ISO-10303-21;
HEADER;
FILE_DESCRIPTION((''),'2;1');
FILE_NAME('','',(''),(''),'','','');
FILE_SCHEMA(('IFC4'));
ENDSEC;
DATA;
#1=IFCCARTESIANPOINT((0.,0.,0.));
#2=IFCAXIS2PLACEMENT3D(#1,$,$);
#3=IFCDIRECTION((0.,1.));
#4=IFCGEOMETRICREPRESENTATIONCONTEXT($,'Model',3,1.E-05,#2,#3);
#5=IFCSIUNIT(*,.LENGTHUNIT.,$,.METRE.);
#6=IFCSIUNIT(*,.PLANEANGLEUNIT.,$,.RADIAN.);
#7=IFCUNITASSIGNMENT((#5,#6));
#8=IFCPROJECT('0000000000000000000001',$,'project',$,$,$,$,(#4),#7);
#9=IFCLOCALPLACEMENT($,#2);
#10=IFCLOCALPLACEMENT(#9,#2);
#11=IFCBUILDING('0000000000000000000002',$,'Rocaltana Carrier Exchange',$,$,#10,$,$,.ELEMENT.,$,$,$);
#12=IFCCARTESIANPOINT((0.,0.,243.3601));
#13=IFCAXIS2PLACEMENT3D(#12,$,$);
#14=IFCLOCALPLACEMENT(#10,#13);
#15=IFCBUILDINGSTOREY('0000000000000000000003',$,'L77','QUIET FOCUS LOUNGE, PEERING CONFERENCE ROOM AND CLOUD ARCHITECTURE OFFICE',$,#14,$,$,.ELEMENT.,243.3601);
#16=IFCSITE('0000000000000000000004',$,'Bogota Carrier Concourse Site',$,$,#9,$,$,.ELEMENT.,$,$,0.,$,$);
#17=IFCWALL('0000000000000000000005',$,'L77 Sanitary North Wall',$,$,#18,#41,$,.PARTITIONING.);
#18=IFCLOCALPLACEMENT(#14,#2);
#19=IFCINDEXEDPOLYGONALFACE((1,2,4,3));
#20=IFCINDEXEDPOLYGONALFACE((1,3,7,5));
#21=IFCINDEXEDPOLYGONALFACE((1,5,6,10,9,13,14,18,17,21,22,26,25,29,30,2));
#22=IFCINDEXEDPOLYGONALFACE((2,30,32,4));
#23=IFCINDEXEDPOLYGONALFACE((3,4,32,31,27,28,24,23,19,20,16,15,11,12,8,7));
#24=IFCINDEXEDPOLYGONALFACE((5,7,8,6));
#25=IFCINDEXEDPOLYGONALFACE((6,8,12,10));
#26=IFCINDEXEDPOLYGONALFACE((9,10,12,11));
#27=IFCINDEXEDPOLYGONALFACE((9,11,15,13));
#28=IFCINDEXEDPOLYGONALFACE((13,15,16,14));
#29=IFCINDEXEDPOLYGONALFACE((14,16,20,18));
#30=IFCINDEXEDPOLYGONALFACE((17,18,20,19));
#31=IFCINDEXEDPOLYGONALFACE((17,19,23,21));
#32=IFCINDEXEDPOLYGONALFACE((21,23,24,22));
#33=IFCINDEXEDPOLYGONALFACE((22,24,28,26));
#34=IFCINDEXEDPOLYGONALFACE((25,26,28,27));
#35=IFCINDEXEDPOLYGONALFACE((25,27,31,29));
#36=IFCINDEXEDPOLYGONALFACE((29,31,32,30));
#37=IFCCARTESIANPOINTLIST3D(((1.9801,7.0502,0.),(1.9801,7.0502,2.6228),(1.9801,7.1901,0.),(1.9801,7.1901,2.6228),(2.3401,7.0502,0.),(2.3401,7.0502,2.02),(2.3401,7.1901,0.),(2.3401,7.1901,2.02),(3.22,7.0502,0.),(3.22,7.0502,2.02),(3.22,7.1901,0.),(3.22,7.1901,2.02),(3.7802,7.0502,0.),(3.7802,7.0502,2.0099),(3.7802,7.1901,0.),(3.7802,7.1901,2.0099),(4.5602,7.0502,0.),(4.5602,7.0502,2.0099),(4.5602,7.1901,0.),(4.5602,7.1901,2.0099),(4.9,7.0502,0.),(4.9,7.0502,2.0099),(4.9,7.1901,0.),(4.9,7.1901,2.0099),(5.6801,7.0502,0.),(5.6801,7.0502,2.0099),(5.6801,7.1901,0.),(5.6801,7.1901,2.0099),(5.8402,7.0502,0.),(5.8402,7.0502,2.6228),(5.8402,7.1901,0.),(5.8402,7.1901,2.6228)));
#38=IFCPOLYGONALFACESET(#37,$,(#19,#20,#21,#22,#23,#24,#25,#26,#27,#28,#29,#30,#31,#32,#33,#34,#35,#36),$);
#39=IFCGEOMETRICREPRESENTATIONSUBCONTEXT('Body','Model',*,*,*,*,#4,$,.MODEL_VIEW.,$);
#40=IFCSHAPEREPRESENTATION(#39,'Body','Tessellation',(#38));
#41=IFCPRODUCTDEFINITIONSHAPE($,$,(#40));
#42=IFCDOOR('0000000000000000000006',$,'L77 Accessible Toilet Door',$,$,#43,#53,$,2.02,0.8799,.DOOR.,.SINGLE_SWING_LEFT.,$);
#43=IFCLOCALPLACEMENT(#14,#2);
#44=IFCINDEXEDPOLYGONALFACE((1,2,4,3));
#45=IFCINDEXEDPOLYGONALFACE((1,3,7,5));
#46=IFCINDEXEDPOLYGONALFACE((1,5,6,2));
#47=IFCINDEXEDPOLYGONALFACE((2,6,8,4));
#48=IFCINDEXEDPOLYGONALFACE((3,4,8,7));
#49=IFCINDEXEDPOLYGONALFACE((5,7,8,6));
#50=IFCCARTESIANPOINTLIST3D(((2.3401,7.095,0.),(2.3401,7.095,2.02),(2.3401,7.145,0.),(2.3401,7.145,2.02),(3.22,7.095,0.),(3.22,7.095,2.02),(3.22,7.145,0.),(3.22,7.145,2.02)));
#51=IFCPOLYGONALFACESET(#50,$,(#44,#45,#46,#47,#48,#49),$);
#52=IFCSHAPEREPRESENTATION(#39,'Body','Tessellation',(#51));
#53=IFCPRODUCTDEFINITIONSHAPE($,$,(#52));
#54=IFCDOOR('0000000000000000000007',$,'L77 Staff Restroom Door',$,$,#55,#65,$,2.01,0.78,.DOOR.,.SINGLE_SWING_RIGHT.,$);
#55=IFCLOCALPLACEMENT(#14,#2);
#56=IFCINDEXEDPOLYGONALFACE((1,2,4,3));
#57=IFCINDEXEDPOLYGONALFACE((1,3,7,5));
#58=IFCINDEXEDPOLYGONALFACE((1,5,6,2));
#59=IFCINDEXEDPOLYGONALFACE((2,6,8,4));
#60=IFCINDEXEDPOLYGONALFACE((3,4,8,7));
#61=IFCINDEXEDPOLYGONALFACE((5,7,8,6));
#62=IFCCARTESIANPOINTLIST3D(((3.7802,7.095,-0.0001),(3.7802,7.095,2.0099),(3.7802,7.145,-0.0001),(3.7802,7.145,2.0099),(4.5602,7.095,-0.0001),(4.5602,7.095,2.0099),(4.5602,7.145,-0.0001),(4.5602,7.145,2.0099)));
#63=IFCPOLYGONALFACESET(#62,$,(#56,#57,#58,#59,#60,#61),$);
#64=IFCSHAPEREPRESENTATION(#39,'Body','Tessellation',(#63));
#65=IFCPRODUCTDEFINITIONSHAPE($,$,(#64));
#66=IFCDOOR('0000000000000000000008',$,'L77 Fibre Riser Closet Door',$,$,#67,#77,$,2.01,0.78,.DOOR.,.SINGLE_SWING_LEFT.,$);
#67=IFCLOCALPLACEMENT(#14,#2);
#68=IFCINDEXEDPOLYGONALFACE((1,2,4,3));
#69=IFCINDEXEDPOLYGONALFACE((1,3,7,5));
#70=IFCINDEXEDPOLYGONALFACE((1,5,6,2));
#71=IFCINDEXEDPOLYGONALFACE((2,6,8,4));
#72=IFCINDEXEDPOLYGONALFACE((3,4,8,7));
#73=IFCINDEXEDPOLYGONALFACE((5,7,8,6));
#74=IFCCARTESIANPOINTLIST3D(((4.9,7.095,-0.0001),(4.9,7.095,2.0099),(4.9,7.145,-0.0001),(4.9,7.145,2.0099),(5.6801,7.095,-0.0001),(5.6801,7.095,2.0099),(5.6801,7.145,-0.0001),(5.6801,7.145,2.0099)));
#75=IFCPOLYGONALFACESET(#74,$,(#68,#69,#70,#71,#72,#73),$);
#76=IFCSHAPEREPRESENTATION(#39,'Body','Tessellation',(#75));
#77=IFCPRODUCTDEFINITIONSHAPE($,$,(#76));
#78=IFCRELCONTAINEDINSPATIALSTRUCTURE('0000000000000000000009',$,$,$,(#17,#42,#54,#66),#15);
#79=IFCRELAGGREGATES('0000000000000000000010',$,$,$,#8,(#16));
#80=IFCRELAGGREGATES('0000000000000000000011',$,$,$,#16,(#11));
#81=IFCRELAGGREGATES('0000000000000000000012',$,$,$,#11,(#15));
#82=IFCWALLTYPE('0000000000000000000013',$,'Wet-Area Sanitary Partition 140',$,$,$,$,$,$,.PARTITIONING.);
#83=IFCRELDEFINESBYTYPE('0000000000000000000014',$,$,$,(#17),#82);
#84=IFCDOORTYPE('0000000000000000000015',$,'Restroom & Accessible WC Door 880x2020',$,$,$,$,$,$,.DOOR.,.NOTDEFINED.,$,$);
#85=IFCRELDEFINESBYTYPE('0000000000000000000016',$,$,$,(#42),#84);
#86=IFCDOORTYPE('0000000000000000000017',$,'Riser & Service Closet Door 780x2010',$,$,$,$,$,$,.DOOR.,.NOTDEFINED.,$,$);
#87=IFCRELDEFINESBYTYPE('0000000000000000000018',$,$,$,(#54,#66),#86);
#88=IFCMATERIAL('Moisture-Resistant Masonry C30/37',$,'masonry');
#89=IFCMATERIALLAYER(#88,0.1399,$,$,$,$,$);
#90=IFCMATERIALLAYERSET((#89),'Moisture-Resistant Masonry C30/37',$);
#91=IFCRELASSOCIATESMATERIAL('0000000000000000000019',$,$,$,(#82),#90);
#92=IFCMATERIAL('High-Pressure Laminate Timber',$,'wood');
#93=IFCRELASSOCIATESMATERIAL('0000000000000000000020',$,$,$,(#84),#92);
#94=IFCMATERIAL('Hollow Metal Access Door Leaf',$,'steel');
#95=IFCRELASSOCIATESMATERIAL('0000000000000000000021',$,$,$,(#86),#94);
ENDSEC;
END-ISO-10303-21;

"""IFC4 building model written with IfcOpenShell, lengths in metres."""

from ifc_helpers import new_model, si_unit, direction, frame, frame_2d, origin, place, context, subcontext, project, spatial, rectangle, extrude, material, layer, layer_set, type_object, element, fill, save


model = new_model("IFC4")

# Units and contexts
model_context = context("Model", 3, precision=1e-05, world=origin(), true_north=direction((0.0, 1.0)))
body_context = subcontext(model_context, "Body", "Model", "MODEL_VIEW")
ifc_project = project(units=[si_unit("LENGTHUNIT", "METRE"), si_unit("PLANEANGLEUNIT", "RADIAN")], contexts=[model_context])

# Site, building, storey
site_placement = place(None, origin())
site = spatial("IfcSite", under=ifc_project, at=site_placement, Name="Bogota Carrier Concourse Site", CompositionType="ELEMENT", RefElevation=0.0)
building_placement = place(site_placement, origin())
building = spatial("IfcBuilding", under=site, at=building_placement, Name="Rocaltana Carrier Exchange", CompositionType="ELEMENT")
storey_placement = place(building_placement, frame((0.0, 0.0, 243.3601)))
storey = spatial("IfcBuildingStorey", under=building, at=storey_placement, Name="L77", Description="QUIET FOCUS LOUNGE, PEERING CONFERENCE ROOM AND CLOUD ARCHITECTURE OFFICE", CompositionType="ELEMENT", Elevation=243.3601)

# Wall, openings, doors
ifc_material_1 = material(Name="Moisture-Resistant Masonry C30/37", Category="masonry")
ifc_layer_1 = layer(ifc_material_1, 0.1399)
ifc_layer_set_1 = layer_set([ifc_layer_1], Name="Moisture-Resistant Masonry C30/37")
wall_type_1 = type_object("IfcWallType", Name="Wet-Area Sanitary Partition 140", PredefinedType="PARTITIONING", material=ifc_layer_set_1)
wall_1_placement = place(storey_placement, frame((1.98, 7.1201, 0.0), z_axis=(0.0, 0.0, 1.0), x_axis=(1.0, 0.0, 0.0)))
wall_1 = element("IfcWall", 1, at=wall_1_placement, inside=storey, type_object=wall_type_1, Name="L77 Sanitary North Wall", PredefinedType="PARTITIONING", context=body_context, shape_type="SweptSolid", body=[
    extrude(rectangle(XDim=3.8601, YDim=0.1399, at=frame_2d((1.9302, 0.0))), origin(), (0.0, 0.0, 1.0), 2.6228),
])
opening_1_placement = place(wall_1_placement, frame((0.3601, 0.0, 0.0)))
opening_1 = element("IfcOpeningElement", 2, at=opening_1_placement, cuts=wall_1, PredefinedType="OPENING", context=body_context, shape_type="SweptSolid", body=[
    extrude(rectangle(XDim=0.8799, YDim=2.02, at=frame_2d((0.4399, 1.01))), frame((0.0, 0.0798, 0.0), z_axis=(0.0, -1.0, 0.0), x_axis=(1.0, 0.0, 0.0)), (0.0, 0.0, 1.0), 0.1599),
])
opening_2_placement = place(wall_1_placement, frame((1.8, 0.0, 0.0)))
opening_2 = element("IfcOpeningElement", 3, at=opening_2_placement, cuts=wall_1, PredefinedType="OPENING", context=body_context, shape_type="SweptSolid", body=[
    extrude(rectangle(XDim=0.78, YDim=2.01, at=frame_2d((0.3901, 1.0049))), frame((0.0, 0.0798, 0.0), z_axis=(0.0, -1.0, 0.0), x_axis=(1.0, 0.0, 0.0)), (0.0, 0.0, 1.0), 0.1599),
])
opening_3_placement = place(wall_1_placement, frame((2.9199, 0.0, 0.0)))
opening_3 = element("IfcOpeningElement", 4, at=opening_3_placement, cuts=wall_1, PredefinedType="OPENING", context=body_context, shape_type="SweptSolid", body=[
    extrude(rectangle(XDim=0.78, YDim=2.01, at=frame_2d((0.3901, 1.0049))), frame((0.0, 0.0798, 0.0), z_axis=(0.0, -1.0, 0.0), x_axis=(1.0, 0.0, 0.0)), (0.0, 0.0, 1.0), 0.1599),
])
ifc_material_2 = material(Name="High-Pressure Laminate Timber", Category="wood")
door_type_1 = type_object("IfcDoorType", Name="Restroom & Accessible WC Door 880x2020", OperationType="NOTDEFINED", PredefinedType="DOOR", material=ifc_material_2)
door_1_placement = place(opening_1_placement, origin())
door_1 = element("IfcDoor", 5, at=door_1_placement, inside=storey, type_object=door_type_1, Name="L77 Accessible Toilet Door", OperationType="SINGLE_SWING_LEFT", OverallHeight=2.02, OverallWidth=0.8799, PredefinedType="DOOR", context=body_context, shape_type="SweptSolid", body=[
    extrude(rectangle(XDim=0.8799, YDim=2.02, at=frame_2d((0.4399, 1.01))), frame((0.0, 0.0249, 0.0), z_axis=(0.0, -1.0, 0.0), x_axis=(1.0, 0.0, 0.0)), (0.0, 0.0, 1.0), 0.05),
])
fill(opening_1, door_1)
ifc_material_3 = material(Name="Hollow Metal Access Door Leaf", Category="steel")
door_type_2 = type_object("IfcDoorType", Name="Riser & Service Closet Door 780x2010", OperationType="NOTDEFINED", PredefinedType="DOOR", material=ifc_material_3)
door_2_placement = place(opening_2_placement, origin())
door_2 = element("IfcDoor", 6, at=door_2_placement, inside=storey, type_object=door_type_2, Name="L77 Staff Restroom Door", OperationType="SINGLE_SWING_RIGHT", OverallHeight=2.01, OverallWidth=0.78, PredefinedType="DOOR", context=body_context, shape_type="SweptSolid", body=[
    extrude(rectangle(XDim=0.78, YDim=2.01, at=frame_2d((0.3901, 1.0049))), frame((0.0, 0.0249, 0.0), z_axis=(0.0, -1.0, 0.0), x_axis=(1.0, 0.0, 0.0)), (0.0, 0.0, 1.0), 0.05),
])
fill(opening_2, door_2)
door_3_placement = place(opening_3_placement, origin())
door_3 = element("IfcDoor", 7, at=door_3_placement, inside=storey, type_object=door_type_2, Name="L77 Fibre Riser Closet Door", OperationType="SINGLE_SWING_LEFT", OverallHeight=2.01, OverallWidth=0.78, PredefinedType="DOOR", context=body_context, shape_type="SweptSolid", body=[
    extrude(rectangle(XDim=0.78, YDim=2.01, at=frame_2d((0.3901, 1.0049))), frame((0.0, 0.0249, 0.0), z_axis=(0.0, -1.0, 0.0), x_axis=(1.0, 0.0, 0.0)), (0.0, 0.0, 1.0), 0.05),
])
fill(opening_3, door_3)

save(model, "model.ifc")
